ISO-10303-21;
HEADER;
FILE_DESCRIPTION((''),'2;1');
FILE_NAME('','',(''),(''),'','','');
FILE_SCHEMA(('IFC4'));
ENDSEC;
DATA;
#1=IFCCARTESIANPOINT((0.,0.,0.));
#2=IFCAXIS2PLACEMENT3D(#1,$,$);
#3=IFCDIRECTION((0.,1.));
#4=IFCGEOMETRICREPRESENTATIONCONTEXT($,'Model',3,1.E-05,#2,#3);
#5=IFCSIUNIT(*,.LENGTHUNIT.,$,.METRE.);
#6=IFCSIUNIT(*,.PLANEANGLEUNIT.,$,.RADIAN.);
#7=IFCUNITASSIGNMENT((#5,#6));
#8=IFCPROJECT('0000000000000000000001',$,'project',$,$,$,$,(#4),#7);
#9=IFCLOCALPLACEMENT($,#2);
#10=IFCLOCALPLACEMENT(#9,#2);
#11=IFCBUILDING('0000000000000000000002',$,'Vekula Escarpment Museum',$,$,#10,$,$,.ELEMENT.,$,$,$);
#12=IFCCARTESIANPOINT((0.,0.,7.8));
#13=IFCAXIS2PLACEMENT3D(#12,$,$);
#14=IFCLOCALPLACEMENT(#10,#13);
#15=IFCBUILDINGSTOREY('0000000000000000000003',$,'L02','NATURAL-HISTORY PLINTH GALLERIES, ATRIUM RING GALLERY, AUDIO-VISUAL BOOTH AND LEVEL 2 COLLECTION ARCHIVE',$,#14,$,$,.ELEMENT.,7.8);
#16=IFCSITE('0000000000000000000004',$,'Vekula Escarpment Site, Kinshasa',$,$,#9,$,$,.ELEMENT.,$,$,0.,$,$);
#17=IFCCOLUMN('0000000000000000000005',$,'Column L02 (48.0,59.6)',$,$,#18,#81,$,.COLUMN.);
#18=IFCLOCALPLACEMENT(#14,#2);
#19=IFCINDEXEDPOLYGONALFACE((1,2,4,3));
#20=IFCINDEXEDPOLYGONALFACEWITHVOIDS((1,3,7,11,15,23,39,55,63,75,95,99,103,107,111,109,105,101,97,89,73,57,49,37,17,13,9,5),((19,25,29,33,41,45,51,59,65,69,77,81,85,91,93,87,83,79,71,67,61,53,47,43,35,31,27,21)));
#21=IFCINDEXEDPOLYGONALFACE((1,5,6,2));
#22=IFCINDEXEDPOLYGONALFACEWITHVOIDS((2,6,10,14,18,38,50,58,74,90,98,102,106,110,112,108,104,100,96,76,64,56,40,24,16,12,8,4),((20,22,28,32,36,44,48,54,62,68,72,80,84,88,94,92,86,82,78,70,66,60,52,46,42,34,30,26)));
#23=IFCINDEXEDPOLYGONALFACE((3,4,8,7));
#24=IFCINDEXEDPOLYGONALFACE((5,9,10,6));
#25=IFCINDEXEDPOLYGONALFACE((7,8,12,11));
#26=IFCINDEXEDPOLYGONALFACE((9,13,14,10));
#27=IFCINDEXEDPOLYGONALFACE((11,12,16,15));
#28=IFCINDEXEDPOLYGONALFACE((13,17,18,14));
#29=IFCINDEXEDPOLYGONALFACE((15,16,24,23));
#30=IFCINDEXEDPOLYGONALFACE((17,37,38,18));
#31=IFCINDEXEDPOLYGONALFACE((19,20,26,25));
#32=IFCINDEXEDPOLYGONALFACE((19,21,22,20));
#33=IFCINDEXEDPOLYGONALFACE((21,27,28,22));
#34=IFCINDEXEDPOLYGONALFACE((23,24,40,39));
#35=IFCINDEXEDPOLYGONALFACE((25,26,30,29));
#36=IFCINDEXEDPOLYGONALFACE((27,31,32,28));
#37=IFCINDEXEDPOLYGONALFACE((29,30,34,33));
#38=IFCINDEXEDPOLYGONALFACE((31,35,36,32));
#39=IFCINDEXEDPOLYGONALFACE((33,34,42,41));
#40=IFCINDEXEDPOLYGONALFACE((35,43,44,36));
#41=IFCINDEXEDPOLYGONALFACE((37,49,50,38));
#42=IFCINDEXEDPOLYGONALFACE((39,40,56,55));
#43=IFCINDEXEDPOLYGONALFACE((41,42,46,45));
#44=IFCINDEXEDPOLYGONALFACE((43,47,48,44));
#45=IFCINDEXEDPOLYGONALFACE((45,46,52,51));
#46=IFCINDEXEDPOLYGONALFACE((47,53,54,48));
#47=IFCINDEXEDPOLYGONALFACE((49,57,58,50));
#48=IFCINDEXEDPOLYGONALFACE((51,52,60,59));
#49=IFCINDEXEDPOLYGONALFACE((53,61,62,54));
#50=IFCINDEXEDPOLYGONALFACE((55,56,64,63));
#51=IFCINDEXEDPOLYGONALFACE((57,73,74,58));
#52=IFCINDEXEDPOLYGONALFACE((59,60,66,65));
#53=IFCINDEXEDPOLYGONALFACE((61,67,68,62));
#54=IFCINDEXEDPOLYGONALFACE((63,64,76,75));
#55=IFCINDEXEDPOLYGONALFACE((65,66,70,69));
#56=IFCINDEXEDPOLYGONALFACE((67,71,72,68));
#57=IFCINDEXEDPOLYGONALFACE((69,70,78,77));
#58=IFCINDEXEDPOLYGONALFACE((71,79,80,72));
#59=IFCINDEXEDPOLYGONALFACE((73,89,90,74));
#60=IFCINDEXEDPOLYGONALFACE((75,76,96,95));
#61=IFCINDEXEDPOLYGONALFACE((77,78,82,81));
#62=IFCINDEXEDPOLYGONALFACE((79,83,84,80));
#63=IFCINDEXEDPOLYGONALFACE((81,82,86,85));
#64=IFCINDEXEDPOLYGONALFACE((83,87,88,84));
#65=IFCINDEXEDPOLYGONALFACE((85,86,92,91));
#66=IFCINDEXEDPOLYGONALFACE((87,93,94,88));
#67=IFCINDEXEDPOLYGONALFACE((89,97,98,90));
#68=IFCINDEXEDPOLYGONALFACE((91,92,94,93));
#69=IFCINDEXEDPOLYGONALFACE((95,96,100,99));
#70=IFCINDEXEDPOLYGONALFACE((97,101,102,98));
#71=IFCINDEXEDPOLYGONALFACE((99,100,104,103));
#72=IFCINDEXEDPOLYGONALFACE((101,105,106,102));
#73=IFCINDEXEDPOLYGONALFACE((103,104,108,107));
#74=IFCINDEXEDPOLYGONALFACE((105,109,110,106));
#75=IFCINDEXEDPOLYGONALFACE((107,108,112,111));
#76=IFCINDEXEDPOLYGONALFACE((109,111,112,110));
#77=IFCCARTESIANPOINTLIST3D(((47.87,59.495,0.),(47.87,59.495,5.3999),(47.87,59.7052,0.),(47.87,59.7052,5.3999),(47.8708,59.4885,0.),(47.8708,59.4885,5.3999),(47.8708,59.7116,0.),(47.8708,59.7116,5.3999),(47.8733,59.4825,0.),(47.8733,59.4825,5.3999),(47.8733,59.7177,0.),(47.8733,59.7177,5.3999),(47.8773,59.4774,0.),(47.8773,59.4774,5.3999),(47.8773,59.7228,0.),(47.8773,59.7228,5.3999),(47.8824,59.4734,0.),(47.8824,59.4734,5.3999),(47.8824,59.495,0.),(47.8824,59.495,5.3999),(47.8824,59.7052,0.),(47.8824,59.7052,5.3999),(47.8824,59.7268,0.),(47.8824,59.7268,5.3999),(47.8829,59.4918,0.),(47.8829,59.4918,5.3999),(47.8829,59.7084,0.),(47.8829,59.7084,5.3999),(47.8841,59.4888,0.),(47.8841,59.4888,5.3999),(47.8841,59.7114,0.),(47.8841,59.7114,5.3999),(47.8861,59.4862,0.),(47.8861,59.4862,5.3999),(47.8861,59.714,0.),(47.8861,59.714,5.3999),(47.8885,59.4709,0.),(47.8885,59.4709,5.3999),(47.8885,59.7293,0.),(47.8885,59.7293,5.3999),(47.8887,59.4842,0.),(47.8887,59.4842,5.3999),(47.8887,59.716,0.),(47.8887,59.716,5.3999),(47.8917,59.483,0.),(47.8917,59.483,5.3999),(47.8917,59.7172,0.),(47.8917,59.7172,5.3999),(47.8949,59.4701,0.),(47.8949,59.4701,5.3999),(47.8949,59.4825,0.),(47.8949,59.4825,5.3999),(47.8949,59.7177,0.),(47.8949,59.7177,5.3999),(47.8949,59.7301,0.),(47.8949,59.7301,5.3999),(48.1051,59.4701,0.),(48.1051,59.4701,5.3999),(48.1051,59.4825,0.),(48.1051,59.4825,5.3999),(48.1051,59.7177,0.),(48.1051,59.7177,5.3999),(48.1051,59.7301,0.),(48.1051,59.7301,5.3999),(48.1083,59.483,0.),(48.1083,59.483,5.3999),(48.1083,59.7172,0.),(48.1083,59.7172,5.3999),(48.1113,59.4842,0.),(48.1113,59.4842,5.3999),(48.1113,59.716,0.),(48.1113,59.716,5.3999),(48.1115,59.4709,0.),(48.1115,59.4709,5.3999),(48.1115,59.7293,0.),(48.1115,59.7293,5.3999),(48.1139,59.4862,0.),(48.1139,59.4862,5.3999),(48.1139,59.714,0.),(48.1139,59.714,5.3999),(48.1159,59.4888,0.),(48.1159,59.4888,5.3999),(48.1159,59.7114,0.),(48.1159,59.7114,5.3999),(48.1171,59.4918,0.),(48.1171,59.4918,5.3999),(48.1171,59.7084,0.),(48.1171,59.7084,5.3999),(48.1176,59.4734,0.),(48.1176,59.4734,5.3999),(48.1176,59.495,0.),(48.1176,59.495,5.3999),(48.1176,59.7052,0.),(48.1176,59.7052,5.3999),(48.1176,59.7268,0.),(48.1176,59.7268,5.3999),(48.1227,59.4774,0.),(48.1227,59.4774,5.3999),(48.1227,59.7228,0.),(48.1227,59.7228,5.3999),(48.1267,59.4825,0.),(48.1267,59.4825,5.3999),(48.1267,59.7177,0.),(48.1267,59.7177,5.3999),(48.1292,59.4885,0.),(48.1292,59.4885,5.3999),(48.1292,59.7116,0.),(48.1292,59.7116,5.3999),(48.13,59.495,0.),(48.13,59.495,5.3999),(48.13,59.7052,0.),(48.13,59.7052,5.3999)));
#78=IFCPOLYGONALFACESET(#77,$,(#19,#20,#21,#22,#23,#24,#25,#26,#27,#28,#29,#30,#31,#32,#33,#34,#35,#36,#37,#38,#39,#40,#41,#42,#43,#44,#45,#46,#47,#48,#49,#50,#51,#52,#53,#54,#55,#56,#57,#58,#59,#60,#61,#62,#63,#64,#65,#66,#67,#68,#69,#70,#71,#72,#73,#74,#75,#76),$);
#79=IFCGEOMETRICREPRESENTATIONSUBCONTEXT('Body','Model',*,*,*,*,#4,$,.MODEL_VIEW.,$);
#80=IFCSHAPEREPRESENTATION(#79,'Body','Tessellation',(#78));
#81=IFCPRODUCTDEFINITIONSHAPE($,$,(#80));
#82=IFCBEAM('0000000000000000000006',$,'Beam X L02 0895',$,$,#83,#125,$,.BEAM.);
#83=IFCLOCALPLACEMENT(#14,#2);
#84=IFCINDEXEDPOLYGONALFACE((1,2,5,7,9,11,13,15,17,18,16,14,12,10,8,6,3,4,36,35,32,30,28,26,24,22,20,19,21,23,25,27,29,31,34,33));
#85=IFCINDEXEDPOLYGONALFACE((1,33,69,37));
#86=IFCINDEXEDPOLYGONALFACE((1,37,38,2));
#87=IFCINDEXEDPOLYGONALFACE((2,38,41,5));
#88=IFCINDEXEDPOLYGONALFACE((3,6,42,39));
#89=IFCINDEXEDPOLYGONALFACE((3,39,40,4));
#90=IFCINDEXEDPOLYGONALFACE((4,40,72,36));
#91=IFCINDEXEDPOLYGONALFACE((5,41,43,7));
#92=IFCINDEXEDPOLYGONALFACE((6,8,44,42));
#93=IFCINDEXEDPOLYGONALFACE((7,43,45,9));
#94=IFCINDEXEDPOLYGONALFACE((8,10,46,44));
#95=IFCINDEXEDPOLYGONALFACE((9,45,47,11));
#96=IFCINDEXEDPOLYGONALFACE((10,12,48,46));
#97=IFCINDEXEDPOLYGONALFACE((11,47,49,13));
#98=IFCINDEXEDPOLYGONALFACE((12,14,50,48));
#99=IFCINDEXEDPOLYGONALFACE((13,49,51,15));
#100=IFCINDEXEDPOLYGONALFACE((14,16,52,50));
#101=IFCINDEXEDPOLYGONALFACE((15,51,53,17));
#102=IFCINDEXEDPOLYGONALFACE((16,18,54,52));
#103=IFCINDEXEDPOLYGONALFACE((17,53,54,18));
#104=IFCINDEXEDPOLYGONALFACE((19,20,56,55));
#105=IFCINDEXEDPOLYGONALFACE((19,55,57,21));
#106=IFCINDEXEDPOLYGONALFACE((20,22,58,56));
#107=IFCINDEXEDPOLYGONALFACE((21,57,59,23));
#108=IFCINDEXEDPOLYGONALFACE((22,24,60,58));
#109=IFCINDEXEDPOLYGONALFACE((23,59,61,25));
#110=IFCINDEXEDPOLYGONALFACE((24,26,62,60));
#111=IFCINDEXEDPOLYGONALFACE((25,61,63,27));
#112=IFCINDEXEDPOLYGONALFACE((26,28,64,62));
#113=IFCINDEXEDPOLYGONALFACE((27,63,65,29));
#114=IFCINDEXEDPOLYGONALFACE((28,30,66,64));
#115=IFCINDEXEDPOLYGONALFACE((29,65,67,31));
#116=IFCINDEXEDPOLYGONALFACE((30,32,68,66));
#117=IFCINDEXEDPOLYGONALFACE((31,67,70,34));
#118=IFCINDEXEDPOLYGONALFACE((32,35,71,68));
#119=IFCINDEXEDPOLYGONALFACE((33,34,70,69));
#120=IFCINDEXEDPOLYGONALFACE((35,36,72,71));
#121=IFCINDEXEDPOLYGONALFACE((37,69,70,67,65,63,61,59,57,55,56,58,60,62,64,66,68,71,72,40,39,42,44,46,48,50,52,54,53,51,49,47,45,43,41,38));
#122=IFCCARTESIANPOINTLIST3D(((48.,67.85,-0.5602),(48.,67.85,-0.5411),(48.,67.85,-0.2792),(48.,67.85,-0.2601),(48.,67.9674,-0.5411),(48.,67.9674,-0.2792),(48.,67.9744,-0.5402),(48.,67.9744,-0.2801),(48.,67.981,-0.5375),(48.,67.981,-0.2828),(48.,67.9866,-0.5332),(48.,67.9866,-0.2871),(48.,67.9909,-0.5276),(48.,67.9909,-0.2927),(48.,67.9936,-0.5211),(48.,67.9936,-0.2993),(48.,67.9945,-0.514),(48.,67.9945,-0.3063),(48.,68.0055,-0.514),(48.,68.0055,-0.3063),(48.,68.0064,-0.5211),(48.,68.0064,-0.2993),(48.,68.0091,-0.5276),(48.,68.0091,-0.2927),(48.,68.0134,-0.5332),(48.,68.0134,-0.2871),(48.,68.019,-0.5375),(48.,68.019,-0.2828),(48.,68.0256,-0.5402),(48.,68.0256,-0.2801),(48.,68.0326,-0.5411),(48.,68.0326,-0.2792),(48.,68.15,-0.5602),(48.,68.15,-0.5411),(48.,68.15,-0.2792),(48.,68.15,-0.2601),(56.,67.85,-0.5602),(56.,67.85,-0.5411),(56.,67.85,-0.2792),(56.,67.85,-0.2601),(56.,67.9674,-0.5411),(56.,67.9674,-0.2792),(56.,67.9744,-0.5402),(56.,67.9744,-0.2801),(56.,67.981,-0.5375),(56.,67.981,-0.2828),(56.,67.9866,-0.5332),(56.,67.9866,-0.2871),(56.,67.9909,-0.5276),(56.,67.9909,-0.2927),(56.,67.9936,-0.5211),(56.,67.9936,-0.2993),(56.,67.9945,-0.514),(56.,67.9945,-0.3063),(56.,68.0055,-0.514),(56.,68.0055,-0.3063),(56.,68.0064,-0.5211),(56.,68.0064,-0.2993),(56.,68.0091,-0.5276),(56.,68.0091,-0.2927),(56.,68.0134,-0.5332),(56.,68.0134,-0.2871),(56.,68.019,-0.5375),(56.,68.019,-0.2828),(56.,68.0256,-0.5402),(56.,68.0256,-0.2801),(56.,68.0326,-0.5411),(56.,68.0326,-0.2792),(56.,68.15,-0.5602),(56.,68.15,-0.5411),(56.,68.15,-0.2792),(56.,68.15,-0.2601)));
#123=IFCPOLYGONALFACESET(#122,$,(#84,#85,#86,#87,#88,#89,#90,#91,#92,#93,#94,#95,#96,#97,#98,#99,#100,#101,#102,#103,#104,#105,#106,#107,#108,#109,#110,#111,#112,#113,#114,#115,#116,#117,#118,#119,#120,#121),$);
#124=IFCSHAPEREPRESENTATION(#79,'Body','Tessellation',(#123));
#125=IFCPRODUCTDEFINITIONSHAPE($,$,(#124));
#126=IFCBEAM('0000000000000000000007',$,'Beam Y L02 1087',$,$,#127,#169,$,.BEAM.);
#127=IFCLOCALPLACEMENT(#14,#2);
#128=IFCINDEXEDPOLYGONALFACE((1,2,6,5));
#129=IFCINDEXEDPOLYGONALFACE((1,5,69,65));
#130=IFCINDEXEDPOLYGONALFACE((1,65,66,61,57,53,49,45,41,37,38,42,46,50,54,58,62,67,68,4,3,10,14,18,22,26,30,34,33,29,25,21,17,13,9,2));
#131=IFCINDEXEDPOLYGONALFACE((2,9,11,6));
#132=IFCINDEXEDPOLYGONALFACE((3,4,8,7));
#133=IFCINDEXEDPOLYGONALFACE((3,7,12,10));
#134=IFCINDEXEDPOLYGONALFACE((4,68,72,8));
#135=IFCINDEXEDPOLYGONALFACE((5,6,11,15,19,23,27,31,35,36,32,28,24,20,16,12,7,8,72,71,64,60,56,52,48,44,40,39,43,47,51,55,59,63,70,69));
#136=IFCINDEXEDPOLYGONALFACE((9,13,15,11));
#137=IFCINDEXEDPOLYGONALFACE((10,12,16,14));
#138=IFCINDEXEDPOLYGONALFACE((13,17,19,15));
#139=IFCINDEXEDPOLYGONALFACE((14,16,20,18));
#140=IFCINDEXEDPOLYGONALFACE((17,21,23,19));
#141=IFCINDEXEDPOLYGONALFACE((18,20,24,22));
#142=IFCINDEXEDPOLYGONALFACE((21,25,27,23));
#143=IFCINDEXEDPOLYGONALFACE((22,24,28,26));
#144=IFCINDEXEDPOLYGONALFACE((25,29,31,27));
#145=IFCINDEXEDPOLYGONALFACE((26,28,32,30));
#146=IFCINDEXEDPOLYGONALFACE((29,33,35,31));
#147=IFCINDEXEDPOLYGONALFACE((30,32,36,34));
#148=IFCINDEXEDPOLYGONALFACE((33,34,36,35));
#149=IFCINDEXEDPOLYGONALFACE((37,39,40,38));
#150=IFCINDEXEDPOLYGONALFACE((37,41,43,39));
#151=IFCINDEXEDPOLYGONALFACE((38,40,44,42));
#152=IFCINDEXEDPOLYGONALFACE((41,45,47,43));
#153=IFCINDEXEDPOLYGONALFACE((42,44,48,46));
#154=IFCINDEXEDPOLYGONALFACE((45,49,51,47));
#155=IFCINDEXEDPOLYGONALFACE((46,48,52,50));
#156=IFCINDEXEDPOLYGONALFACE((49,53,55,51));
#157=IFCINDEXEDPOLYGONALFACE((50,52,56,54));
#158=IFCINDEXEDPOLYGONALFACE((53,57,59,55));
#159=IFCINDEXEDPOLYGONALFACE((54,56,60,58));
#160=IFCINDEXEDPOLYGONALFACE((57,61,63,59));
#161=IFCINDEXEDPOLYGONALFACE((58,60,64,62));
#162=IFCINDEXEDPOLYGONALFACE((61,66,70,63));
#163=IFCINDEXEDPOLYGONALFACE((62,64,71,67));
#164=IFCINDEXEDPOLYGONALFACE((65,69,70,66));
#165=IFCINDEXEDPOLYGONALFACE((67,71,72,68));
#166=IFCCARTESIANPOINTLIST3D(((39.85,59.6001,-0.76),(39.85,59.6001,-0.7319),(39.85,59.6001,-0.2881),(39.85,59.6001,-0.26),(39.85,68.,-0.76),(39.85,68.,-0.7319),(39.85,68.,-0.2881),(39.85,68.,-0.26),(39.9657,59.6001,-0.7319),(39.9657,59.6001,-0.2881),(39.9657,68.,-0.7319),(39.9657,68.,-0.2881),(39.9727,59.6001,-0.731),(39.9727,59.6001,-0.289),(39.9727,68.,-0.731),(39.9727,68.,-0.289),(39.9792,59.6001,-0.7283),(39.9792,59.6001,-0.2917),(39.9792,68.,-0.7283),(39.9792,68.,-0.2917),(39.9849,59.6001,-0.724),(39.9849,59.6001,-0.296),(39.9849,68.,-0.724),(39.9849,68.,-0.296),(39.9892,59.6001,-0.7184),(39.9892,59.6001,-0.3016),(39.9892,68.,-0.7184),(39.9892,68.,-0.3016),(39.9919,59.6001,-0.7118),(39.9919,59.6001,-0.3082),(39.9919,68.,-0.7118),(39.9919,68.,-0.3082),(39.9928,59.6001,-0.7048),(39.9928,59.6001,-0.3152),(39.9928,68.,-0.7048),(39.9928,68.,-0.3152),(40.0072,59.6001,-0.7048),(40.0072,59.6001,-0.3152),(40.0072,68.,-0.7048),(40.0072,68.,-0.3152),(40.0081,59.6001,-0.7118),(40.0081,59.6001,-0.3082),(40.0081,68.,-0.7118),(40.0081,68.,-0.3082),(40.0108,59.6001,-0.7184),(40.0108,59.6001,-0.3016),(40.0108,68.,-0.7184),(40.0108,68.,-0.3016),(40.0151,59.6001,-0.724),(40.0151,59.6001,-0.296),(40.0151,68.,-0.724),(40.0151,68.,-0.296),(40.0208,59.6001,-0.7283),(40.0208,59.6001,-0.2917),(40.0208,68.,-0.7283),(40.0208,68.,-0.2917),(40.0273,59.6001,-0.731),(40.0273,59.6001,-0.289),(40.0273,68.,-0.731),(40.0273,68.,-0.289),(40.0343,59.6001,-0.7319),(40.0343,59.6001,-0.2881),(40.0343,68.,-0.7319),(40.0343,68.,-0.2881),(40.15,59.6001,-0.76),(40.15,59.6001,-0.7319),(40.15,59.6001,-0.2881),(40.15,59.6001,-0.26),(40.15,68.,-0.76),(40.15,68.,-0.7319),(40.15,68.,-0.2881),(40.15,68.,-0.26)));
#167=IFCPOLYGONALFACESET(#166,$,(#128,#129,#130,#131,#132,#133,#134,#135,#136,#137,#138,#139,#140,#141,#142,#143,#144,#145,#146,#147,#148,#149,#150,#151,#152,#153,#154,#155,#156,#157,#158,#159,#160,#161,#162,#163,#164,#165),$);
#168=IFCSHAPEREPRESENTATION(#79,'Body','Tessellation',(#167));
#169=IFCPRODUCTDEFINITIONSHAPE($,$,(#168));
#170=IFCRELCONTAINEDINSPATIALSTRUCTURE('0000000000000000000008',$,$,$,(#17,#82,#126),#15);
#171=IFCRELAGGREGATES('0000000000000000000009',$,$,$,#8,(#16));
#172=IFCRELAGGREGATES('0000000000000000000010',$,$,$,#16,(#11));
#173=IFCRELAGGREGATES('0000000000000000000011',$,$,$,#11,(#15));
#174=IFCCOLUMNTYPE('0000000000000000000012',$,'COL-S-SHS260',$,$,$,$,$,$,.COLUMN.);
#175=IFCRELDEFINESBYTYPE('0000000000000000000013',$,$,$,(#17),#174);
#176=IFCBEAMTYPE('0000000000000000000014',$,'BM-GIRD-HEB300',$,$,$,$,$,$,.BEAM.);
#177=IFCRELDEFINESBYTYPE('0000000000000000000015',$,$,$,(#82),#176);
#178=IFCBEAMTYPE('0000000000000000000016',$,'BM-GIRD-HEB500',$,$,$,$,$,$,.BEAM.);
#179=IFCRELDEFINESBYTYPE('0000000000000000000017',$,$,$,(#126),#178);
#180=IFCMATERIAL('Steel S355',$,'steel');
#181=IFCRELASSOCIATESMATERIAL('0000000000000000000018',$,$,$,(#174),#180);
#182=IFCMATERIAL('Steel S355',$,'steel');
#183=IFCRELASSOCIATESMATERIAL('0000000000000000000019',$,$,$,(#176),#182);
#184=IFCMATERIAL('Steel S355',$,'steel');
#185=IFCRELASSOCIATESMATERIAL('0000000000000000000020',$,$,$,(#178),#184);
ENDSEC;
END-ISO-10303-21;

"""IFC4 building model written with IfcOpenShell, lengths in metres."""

from ifc_helpers import new_model, si_unit, direction, frame, origin, origin_2d, place, context, subcontext, project, spatial, hollow_rectangle, i_section, extrude, material, material_profile, profile_set, type_object, element, save


model = new_model("IFC4")

# Units and contexts
model_context = context("Model", 3, precision=1e-05, world=origin(), true_north=direction((0.0, 1.0)))
body_context = subcontext(model_context, "Body", "Model", "MODEL_VIEW")
ifc_project = project(units=[si_unit("LENGTHUNIT", "METRE"), si_unit("PLANEANGLEUNIT", "RADIAN")], contexts=[model_context])

# Site, building, storey
site_placement = place(None, origin())
site = spatial("IfcSite", under=ifc_project, at=site_placement, Name="Vekula Escarpment Site, Kinshasa", CompositionType="ELEMENT", RefElevation=0.0)
building_placement = place(site_placement, origin())
building = spatial("IfcBuilding", under=site, at=building_placement, Name="Vekula Escarpment Museum", CompositionType="ELEMENT")
storey_placement = place(building_placement, frame((0.0, 0.0, 7.8)))
storey = spatial("IfcBuildingStorey", under=building, at=storey_placement, Name="L02", Description="NATURAL-HISTORY PLINTH GALLERIES, ATRIUM RING GALLERY, AUDIO-VISUAL BOOTH AND LEVEL 2 COLLECTION ARCHIVE", CompositionType="ELEMENT", Elevation=7.8)

# Column
ifc_material_1 = material(Name="Steel S355", Category="steel")
ifc_material_profile_1 = material_profile(ifc_material_1, hollow_rectangle(XDim=0.26, YDim=0.26, WallThickness=0.0125, InnerFilletRadius=0.0125, OuterFilletRadius=0.0249, at=origin_2d()), Name="SHS 260x260x12.5")
ifc_profile_set_1 = profile_set([ifc_material_profile_1], Name="Steel S355")
column_type_1 = type_object("IfcColumnType", Name="COL-S-SHS260", PredefinedType="COLUMN", material=ifc_profile_set_1)
for number, where, z_axis, x_axis, name in (
    (1, (48.0, 59.6001, 0.0), (0.0, 0.0, 1.0), (1.0, 0.0, 0.0), "Column L02 (48.0,59.6)"),
):
    element("IfcColumn", number, at=place(storey_placement, frame(where, z_axis=z_axis, x_axis=x_axis)), inside=storey, type_object=column_type_1, Name=name, PredefinedType="COLUMN", context=body_context, shape_type="SweptSolid", body=[
        extrude(hollow_rectangle(XDim=0.26, YDim=0.26, WallThickness=0.0125, InnerFilletRadius=0.0125, OuterFilletRadius=0.0249, at=origin_2d()), origin(), (0.0, 0.0, 1.0), 5.3999),
    ])

# Beams
ifc_material_2 = material(Name="Steel S355", Category="steel")
ifc_material_profile_2 = material_profile(ifc_material_2, i_section(OverallWidth=0.3, OverallDepth=0.3, WebThickness=0.011, FlangeThickness=0.019, FilletRadius=0.0271, at=origin_2d()), Name="HEB 300")
ifc_profile_set_2 = profile_set([ifc_material_profile_2], Name="Steel S355")
beam_type_1 = type_object("IfcBeamType", Name="BM-GIRD-HEB300", PredefinedType="BEAM", material=ifc_profile_set_2)
beam_1_placement = place(storey_placement, frame((48.0, 68.0, -0.4102), z_axis=(1.0, 0.0, 0.0), x_axis=(0.0, 1.0, 0.0)))
element("IfcBeam", 2, at=beam_1_placement, inside=storey, type_object=beam_type_1, Name="Beam X L02 0895", PredefinedType="BEAM", context=body_context, shape_type="SweptSolid", body=[
    extrude(i_section(OverallWidth=0.3, OverallDepth=0.3, WebThickness=0.011, FlangeThickness=0.019, FilletRadius=0.0271, at=origin_2d()), origin(), (0.0, 0.0, 1.0), 8.0),
])
ifc_material_3 = material(Name="Steel S355", Category="steel")
ifc_material_profile_3 = material_profile(ifc_material_3, i_section(OverallWidth=0.3, OverallDepth=0.5, WebThickness=0.0144, FlangeThickness=0.0281, FilletRadius=0.0271, at=origin_2d()), Name="HEB 500")
ifc_profile_set_3 = profile_set([ifc_material_profile_3], Name="Steel S355")
beam_type_2 = type_object("IfcBeamType", Name="BM-GIRD-HEB500", PredefinedType="BEAM", material=ifc_profile_set_3)
for number, where, z_axis, x_axis, name in (
    (3, (40.0, 59.6001, -0.51), (0.0, 1.0, 0.0), (-1.0, 0.0, 0.0), "Beam Y L02 1087"),
):
    element("IfcBeam", number, at=place(storey_placement, frame(where, z_axis=z_axis, x_axis=x_axis)), inside=storey, type_object=beam_type_2, Name=name, PredefinedType="BEAM", context=body_context, shape_type="SweptSolid", body=[
        extrude(i_section(OverallWidth=0.3, OverallDepth=0.5, WebThickness=0.0144, FlangeThickness=0.0281, FilletRadius=0.0271, at=origin_2d()), origin(), (0.0, 0.0, 1.0), 8.3999),
    ])

save(model, "model.ifc")
